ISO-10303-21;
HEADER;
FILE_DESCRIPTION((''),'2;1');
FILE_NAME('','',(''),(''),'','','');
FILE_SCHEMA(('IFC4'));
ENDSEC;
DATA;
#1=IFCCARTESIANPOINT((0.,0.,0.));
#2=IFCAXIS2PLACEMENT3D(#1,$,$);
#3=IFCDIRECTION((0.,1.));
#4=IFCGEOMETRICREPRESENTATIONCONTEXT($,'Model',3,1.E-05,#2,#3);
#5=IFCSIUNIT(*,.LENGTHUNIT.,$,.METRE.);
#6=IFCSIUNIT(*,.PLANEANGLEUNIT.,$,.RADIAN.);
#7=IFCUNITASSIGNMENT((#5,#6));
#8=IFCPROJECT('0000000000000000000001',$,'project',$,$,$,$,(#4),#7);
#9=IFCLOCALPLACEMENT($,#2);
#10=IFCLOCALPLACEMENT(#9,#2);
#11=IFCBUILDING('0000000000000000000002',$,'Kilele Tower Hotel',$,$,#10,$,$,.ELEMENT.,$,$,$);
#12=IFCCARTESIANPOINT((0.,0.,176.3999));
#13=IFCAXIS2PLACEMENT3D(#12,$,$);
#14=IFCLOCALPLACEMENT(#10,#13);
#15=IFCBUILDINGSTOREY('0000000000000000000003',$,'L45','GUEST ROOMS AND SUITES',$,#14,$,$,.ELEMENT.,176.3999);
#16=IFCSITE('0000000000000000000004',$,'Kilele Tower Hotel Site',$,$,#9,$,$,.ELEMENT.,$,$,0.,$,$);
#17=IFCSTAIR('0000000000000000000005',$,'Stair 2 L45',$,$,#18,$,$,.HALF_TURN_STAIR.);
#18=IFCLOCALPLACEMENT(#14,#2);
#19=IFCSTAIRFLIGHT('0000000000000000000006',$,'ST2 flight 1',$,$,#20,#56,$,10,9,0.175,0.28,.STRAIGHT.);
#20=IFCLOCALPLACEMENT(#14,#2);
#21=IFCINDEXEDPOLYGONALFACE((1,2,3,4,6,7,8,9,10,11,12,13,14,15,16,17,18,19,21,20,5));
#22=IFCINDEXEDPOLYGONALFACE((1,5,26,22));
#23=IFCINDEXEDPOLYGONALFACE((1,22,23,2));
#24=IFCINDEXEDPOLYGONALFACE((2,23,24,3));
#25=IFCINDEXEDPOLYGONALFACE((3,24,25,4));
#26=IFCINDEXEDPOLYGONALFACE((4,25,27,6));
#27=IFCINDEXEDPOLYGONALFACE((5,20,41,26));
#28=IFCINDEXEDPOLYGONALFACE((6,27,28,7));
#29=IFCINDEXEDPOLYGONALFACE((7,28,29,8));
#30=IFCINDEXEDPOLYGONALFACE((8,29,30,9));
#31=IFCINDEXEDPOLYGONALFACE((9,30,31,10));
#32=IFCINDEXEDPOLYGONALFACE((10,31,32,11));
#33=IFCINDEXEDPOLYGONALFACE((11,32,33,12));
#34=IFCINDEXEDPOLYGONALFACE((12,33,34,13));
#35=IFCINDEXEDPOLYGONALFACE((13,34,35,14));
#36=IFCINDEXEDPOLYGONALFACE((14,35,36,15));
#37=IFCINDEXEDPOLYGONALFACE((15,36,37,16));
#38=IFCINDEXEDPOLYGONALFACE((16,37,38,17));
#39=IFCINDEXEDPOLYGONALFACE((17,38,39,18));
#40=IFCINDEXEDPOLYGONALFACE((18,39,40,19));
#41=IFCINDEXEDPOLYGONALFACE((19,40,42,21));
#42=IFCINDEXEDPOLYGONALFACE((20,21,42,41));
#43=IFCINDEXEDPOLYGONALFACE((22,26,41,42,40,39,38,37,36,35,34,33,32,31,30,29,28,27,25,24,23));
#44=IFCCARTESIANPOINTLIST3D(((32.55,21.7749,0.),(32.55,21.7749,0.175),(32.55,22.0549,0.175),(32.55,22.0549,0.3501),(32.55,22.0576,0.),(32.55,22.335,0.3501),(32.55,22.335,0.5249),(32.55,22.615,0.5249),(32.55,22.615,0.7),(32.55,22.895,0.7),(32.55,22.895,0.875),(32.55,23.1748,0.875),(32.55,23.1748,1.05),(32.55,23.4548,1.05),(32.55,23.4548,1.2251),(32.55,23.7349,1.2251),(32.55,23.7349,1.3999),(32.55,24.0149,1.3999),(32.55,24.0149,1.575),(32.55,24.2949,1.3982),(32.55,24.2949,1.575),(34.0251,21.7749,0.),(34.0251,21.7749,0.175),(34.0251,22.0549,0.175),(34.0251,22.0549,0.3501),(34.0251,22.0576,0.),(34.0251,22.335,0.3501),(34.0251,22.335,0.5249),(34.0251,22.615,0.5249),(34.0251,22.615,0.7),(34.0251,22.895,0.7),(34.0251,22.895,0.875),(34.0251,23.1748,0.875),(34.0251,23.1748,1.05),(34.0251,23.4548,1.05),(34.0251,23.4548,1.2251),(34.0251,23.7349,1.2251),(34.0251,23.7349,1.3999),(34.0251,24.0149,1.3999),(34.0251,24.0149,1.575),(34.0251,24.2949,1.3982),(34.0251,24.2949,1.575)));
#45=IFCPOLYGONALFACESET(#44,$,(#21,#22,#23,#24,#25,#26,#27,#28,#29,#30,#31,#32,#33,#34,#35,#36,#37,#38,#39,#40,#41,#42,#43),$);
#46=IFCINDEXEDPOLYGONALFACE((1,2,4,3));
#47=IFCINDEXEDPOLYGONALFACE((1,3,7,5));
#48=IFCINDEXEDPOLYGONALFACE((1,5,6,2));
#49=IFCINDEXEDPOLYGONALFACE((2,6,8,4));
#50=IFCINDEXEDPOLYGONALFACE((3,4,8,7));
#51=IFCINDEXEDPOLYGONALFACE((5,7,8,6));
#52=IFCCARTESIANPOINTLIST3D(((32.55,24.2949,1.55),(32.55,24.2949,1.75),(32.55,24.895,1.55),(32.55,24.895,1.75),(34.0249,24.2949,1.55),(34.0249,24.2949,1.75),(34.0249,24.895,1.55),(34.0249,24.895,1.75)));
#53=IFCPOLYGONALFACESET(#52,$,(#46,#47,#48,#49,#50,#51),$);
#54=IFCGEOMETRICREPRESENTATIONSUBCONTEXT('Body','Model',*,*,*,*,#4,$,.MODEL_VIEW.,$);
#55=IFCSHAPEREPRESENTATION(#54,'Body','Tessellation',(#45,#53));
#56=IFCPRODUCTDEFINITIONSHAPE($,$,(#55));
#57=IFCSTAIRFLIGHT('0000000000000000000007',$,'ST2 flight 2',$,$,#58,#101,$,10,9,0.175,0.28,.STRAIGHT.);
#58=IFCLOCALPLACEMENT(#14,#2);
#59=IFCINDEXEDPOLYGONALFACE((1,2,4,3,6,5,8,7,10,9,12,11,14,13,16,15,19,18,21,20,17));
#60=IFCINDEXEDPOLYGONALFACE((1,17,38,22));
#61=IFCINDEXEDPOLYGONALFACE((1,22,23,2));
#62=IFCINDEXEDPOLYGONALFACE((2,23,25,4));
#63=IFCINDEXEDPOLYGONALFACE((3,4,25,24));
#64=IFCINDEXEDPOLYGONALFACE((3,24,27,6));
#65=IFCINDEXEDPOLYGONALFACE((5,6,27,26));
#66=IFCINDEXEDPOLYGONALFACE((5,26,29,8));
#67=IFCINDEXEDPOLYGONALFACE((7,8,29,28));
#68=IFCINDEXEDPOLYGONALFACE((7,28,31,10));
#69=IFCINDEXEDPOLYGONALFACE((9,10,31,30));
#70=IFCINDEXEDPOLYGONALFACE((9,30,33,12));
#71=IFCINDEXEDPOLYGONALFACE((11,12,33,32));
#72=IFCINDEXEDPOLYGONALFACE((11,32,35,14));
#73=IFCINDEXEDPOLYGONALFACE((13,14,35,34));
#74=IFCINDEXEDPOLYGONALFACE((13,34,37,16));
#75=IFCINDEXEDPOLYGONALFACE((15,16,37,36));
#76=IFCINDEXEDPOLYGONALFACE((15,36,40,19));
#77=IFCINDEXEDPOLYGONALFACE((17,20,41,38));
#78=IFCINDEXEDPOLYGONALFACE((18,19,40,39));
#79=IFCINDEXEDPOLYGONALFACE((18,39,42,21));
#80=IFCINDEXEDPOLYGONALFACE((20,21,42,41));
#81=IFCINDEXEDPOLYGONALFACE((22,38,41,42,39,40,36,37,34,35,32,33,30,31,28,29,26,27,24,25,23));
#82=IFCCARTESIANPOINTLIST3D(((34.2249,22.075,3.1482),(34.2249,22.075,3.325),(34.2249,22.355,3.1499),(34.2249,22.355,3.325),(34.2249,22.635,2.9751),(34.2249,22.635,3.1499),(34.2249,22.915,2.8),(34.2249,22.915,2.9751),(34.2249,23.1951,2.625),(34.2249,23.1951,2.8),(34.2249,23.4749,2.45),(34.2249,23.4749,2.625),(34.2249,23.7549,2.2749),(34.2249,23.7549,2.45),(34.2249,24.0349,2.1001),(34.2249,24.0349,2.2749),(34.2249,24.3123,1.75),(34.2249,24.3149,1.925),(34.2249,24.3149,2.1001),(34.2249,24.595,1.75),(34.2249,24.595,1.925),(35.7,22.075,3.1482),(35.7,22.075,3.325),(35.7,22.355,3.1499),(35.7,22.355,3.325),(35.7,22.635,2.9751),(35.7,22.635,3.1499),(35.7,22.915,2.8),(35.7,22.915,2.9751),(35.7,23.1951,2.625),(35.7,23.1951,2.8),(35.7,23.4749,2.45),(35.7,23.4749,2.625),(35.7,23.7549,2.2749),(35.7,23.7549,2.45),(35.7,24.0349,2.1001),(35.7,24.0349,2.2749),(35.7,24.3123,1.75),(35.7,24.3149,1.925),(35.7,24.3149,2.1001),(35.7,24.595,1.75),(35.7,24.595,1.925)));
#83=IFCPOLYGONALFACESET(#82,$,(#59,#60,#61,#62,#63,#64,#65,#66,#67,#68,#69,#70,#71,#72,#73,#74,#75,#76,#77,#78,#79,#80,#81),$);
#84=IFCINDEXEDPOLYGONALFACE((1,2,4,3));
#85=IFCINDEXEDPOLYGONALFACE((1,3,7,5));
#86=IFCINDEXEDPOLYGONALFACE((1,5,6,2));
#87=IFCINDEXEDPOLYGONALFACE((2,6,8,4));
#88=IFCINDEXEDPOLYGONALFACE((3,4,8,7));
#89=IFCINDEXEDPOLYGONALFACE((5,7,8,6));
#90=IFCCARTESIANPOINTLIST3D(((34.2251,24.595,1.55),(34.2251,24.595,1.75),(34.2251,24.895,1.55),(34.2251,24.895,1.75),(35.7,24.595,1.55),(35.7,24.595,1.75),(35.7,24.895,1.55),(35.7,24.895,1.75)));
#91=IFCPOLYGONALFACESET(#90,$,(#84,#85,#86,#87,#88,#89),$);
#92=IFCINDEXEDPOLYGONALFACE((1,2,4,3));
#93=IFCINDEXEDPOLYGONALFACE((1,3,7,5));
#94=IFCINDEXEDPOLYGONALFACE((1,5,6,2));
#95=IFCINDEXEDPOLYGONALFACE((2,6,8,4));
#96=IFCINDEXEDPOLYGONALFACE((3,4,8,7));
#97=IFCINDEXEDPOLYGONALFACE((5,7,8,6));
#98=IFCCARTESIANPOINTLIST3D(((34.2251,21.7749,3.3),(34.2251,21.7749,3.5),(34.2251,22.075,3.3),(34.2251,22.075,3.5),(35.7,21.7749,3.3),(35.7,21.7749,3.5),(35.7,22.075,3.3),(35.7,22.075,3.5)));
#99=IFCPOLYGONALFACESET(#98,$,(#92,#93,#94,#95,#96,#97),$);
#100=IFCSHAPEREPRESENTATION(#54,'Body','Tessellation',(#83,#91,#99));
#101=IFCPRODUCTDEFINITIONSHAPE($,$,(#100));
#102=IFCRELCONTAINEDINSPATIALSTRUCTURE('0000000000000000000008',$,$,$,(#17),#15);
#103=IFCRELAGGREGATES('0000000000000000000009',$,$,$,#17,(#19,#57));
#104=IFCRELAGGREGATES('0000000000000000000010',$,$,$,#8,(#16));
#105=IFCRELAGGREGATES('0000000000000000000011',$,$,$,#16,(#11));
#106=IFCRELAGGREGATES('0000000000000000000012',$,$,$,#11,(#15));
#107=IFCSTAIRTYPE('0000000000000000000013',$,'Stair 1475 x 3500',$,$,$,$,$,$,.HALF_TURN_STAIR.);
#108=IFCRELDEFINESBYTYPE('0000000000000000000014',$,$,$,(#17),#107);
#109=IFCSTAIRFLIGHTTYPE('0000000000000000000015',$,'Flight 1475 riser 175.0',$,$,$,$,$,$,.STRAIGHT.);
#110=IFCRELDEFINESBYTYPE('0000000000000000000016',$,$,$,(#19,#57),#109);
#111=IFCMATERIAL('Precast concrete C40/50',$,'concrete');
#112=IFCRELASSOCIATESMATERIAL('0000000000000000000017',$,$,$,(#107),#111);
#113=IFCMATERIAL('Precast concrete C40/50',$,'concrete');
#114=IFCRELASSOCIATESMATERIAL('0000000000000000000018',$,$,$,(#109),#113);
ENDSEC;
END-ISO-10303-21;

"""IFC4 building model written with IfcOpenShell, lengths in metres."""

from ifc_helpers import new_model, si_unit, direction, frame, origin, place, context, subcontext, project, spatial, polyline, outline, extrude, material, type_object, element, aggregate, save


model = new_model("IFC4")

# Units and contexts
model_context = context("Model", 3, precision=1e-05, world=origin(), true_north=direction((0.0, 1.0)))
body_context = subcontext(model_context, "Body", "Model", "MODEL_VIEW")
ifc_project = project(units=[si_unit("LENGTHUNIT", "METRE"), si_unit("PLANEANGLEUNIT", "RADIAN")], contexts=[model_context])

# Site, building, storey
site_placement = place(None, origin())
site = spatial("IfcSite", under=ifc_project, at=site_placement, Name="Kilele Tower Hotel Site", CompositionType="ELEMENT", RefElevation=0.0)
building_placement = place(site_placement, origin())
building = spatial("IfcBuilding", under=site, at=building_placement, Name="Kilele Tower Hotel", CompositionType="ELEMENT")
storey_placement = place(building_placement, frame((0.0, 0.0, 176.3999)))
storey = spatial("IfcBuildingStorey", under=building, at=storey_placement, Name="L45", Description="GUEST ROOMS AND SUITES", CompositionType="ELEMENT", Elevation=176.3999)

# Stair, stair flights
ifc_material_1 = material(Name="Precast concrete C40/50", Category="concrete")
stair_type = type_object("IfcStairType", Name="Stair 1475 x 3500", PredefinedType="HALF_TURN_STAIR", material=ifc_material_1)
stair_placement = place(storey_placement, origin())
stair = element("IfcStair", 1, at=stair_placement, inside=storey, type_object=stair_type, Name="Stair 2 L45", PredefinedType="HALF_TURN_STAIR")
ifc_material_2 = material(Name="Precast concrete C40/50", Category="concrete")
stair_flight_type = type_object("IfcStairFlightType", Name="Flight 1475 riser 175.0", PredefinedType="STRAIGHT", material=ifc_material_2)
stair_flight_1_placement = place(storey_placement, frame((33.2876, 21.7749, 0.0), z_axis=(0.0, 0.0, 1.0), x_axis=(0.0, 1.0, 0.0)))
stair_flight_1 = element("IfcStairFlight", 2, at=stair_flight_1_placement, type_object=stair_flight_type, Name="ST2 flight 1", NumberOfRisers=10, NumberOfTreads=9, PredefinedType="STRAIGHT", RiserHeight=0.175, TreadLength=0.28, context=body_context, shape_type="SweptSolid", body=[
    extrude(outline(polyline([(0.0, 0.0), (0.0, 0.175), (0.28, 0.175), (0.28, 0.3501), (0.5601, 0.3501), (0.5601, 0.5249), (0.8401, 0.5249), (0.8401, 0.7), (1.1201, 0.7), (1.1201, 0.875), (1.3999, 0.875), (1.3999, 1.05), (1.6799, 1.05), (1.6799, 1.2251), (1.96, 1.2251), (1.96, 1.3999), (2.24, 1.3999), (2.24, 1.575), (2.52, 1.575), (2.52, 1.75), (2.52, 1.3982), (0.2827, 0.0), (0.0, 0.0)])), frame((0.0, 0.7375, 0.0), z_axis=(0.0, -1.0, 0.0), x_axis=(1.0, 0.0, 0.0)), (0.0, 0.0, 1.0), 1.4751),
    extrude(outline(polyline([(2.52, 0.7375), (2.52, -0.7373), (3.1201, -0.7373), (3.1201, 0.7375), (2.52, 0.7375)])), frame((0.0, 0.0, 1.55)), (0.0, 0.0, 1.0), 0.2),
])
stair_flight_2_placement = place(storey_placement, frame((34.9624, 24.595, 1.75), z_axis=(0.0, 0.0, 1.0), x_axis=(0.0, -1.0, 0.0)))
stair_flight_2 = element("IfcStairFlight", 3, at=stair_flight_2_placement, type_object=stair_flight_type, Name="ST2 flight 2", NumberOfRisers=10, NumberOfTreads=9, PredefinedType="STRAIGHT", RiserHeight=0.175, TreadLength=0.28, context=body_context, shape_type="SweptSolid", body=[
    extrude(outline(polyline([(0.0, 0.0), (0.0, 0.175), (0.28, 0.175), (0.28, 0.3501), (0.5601, 0.3501), (0.5601, 0.5249), (0.8401, 0.5249), (0.8401, 0.7), (1.1201, 0.7), (1.1201, 0.875), (1.3999, 0.875), (1.3999, 1.05), (1.6799, 1.05), (1.6799, 1.2251), (1.96, 1.2251), (1.96, 1.3999), (2.24, 1.3999), (2.24, 1.575), (2.52, 1.575), (2.52, 1.75), (2.52, 1.3982), (0.2827, 0.0), (0.0, 0.0)])), frame((0.0, 0.7375, 0.0), z_axis=(0.0, -1.0, 0.0), x_axis=(1.0, 0.0, 0.0)), (0.0, 0.0, 1.0), 1.4751),
    extrude(outline(polyline([(0.0, -0.7373), (0.0, 0.7375), (-0.3, 0.7375), (-0.3, -0.7373), (0.0, -0.7373)])), frame((0.0, 0.0, -0.2)), (0.0, 0.0, 1.0), 0.2),
    extrude(outline(polyline([(2.8201, -0.7373), (2.8201, 0.7375), (2.52, 0.7375), (2.52, -0.7373), (2.8201, -0.7373)])), frame((0.0, 0.0, 1.55)), (0.0, 0.0, 1.0), 0.2),
])
aggregate(stair, [stair_flight_1, stair_flight_2])

save(model, "model.ifc")
